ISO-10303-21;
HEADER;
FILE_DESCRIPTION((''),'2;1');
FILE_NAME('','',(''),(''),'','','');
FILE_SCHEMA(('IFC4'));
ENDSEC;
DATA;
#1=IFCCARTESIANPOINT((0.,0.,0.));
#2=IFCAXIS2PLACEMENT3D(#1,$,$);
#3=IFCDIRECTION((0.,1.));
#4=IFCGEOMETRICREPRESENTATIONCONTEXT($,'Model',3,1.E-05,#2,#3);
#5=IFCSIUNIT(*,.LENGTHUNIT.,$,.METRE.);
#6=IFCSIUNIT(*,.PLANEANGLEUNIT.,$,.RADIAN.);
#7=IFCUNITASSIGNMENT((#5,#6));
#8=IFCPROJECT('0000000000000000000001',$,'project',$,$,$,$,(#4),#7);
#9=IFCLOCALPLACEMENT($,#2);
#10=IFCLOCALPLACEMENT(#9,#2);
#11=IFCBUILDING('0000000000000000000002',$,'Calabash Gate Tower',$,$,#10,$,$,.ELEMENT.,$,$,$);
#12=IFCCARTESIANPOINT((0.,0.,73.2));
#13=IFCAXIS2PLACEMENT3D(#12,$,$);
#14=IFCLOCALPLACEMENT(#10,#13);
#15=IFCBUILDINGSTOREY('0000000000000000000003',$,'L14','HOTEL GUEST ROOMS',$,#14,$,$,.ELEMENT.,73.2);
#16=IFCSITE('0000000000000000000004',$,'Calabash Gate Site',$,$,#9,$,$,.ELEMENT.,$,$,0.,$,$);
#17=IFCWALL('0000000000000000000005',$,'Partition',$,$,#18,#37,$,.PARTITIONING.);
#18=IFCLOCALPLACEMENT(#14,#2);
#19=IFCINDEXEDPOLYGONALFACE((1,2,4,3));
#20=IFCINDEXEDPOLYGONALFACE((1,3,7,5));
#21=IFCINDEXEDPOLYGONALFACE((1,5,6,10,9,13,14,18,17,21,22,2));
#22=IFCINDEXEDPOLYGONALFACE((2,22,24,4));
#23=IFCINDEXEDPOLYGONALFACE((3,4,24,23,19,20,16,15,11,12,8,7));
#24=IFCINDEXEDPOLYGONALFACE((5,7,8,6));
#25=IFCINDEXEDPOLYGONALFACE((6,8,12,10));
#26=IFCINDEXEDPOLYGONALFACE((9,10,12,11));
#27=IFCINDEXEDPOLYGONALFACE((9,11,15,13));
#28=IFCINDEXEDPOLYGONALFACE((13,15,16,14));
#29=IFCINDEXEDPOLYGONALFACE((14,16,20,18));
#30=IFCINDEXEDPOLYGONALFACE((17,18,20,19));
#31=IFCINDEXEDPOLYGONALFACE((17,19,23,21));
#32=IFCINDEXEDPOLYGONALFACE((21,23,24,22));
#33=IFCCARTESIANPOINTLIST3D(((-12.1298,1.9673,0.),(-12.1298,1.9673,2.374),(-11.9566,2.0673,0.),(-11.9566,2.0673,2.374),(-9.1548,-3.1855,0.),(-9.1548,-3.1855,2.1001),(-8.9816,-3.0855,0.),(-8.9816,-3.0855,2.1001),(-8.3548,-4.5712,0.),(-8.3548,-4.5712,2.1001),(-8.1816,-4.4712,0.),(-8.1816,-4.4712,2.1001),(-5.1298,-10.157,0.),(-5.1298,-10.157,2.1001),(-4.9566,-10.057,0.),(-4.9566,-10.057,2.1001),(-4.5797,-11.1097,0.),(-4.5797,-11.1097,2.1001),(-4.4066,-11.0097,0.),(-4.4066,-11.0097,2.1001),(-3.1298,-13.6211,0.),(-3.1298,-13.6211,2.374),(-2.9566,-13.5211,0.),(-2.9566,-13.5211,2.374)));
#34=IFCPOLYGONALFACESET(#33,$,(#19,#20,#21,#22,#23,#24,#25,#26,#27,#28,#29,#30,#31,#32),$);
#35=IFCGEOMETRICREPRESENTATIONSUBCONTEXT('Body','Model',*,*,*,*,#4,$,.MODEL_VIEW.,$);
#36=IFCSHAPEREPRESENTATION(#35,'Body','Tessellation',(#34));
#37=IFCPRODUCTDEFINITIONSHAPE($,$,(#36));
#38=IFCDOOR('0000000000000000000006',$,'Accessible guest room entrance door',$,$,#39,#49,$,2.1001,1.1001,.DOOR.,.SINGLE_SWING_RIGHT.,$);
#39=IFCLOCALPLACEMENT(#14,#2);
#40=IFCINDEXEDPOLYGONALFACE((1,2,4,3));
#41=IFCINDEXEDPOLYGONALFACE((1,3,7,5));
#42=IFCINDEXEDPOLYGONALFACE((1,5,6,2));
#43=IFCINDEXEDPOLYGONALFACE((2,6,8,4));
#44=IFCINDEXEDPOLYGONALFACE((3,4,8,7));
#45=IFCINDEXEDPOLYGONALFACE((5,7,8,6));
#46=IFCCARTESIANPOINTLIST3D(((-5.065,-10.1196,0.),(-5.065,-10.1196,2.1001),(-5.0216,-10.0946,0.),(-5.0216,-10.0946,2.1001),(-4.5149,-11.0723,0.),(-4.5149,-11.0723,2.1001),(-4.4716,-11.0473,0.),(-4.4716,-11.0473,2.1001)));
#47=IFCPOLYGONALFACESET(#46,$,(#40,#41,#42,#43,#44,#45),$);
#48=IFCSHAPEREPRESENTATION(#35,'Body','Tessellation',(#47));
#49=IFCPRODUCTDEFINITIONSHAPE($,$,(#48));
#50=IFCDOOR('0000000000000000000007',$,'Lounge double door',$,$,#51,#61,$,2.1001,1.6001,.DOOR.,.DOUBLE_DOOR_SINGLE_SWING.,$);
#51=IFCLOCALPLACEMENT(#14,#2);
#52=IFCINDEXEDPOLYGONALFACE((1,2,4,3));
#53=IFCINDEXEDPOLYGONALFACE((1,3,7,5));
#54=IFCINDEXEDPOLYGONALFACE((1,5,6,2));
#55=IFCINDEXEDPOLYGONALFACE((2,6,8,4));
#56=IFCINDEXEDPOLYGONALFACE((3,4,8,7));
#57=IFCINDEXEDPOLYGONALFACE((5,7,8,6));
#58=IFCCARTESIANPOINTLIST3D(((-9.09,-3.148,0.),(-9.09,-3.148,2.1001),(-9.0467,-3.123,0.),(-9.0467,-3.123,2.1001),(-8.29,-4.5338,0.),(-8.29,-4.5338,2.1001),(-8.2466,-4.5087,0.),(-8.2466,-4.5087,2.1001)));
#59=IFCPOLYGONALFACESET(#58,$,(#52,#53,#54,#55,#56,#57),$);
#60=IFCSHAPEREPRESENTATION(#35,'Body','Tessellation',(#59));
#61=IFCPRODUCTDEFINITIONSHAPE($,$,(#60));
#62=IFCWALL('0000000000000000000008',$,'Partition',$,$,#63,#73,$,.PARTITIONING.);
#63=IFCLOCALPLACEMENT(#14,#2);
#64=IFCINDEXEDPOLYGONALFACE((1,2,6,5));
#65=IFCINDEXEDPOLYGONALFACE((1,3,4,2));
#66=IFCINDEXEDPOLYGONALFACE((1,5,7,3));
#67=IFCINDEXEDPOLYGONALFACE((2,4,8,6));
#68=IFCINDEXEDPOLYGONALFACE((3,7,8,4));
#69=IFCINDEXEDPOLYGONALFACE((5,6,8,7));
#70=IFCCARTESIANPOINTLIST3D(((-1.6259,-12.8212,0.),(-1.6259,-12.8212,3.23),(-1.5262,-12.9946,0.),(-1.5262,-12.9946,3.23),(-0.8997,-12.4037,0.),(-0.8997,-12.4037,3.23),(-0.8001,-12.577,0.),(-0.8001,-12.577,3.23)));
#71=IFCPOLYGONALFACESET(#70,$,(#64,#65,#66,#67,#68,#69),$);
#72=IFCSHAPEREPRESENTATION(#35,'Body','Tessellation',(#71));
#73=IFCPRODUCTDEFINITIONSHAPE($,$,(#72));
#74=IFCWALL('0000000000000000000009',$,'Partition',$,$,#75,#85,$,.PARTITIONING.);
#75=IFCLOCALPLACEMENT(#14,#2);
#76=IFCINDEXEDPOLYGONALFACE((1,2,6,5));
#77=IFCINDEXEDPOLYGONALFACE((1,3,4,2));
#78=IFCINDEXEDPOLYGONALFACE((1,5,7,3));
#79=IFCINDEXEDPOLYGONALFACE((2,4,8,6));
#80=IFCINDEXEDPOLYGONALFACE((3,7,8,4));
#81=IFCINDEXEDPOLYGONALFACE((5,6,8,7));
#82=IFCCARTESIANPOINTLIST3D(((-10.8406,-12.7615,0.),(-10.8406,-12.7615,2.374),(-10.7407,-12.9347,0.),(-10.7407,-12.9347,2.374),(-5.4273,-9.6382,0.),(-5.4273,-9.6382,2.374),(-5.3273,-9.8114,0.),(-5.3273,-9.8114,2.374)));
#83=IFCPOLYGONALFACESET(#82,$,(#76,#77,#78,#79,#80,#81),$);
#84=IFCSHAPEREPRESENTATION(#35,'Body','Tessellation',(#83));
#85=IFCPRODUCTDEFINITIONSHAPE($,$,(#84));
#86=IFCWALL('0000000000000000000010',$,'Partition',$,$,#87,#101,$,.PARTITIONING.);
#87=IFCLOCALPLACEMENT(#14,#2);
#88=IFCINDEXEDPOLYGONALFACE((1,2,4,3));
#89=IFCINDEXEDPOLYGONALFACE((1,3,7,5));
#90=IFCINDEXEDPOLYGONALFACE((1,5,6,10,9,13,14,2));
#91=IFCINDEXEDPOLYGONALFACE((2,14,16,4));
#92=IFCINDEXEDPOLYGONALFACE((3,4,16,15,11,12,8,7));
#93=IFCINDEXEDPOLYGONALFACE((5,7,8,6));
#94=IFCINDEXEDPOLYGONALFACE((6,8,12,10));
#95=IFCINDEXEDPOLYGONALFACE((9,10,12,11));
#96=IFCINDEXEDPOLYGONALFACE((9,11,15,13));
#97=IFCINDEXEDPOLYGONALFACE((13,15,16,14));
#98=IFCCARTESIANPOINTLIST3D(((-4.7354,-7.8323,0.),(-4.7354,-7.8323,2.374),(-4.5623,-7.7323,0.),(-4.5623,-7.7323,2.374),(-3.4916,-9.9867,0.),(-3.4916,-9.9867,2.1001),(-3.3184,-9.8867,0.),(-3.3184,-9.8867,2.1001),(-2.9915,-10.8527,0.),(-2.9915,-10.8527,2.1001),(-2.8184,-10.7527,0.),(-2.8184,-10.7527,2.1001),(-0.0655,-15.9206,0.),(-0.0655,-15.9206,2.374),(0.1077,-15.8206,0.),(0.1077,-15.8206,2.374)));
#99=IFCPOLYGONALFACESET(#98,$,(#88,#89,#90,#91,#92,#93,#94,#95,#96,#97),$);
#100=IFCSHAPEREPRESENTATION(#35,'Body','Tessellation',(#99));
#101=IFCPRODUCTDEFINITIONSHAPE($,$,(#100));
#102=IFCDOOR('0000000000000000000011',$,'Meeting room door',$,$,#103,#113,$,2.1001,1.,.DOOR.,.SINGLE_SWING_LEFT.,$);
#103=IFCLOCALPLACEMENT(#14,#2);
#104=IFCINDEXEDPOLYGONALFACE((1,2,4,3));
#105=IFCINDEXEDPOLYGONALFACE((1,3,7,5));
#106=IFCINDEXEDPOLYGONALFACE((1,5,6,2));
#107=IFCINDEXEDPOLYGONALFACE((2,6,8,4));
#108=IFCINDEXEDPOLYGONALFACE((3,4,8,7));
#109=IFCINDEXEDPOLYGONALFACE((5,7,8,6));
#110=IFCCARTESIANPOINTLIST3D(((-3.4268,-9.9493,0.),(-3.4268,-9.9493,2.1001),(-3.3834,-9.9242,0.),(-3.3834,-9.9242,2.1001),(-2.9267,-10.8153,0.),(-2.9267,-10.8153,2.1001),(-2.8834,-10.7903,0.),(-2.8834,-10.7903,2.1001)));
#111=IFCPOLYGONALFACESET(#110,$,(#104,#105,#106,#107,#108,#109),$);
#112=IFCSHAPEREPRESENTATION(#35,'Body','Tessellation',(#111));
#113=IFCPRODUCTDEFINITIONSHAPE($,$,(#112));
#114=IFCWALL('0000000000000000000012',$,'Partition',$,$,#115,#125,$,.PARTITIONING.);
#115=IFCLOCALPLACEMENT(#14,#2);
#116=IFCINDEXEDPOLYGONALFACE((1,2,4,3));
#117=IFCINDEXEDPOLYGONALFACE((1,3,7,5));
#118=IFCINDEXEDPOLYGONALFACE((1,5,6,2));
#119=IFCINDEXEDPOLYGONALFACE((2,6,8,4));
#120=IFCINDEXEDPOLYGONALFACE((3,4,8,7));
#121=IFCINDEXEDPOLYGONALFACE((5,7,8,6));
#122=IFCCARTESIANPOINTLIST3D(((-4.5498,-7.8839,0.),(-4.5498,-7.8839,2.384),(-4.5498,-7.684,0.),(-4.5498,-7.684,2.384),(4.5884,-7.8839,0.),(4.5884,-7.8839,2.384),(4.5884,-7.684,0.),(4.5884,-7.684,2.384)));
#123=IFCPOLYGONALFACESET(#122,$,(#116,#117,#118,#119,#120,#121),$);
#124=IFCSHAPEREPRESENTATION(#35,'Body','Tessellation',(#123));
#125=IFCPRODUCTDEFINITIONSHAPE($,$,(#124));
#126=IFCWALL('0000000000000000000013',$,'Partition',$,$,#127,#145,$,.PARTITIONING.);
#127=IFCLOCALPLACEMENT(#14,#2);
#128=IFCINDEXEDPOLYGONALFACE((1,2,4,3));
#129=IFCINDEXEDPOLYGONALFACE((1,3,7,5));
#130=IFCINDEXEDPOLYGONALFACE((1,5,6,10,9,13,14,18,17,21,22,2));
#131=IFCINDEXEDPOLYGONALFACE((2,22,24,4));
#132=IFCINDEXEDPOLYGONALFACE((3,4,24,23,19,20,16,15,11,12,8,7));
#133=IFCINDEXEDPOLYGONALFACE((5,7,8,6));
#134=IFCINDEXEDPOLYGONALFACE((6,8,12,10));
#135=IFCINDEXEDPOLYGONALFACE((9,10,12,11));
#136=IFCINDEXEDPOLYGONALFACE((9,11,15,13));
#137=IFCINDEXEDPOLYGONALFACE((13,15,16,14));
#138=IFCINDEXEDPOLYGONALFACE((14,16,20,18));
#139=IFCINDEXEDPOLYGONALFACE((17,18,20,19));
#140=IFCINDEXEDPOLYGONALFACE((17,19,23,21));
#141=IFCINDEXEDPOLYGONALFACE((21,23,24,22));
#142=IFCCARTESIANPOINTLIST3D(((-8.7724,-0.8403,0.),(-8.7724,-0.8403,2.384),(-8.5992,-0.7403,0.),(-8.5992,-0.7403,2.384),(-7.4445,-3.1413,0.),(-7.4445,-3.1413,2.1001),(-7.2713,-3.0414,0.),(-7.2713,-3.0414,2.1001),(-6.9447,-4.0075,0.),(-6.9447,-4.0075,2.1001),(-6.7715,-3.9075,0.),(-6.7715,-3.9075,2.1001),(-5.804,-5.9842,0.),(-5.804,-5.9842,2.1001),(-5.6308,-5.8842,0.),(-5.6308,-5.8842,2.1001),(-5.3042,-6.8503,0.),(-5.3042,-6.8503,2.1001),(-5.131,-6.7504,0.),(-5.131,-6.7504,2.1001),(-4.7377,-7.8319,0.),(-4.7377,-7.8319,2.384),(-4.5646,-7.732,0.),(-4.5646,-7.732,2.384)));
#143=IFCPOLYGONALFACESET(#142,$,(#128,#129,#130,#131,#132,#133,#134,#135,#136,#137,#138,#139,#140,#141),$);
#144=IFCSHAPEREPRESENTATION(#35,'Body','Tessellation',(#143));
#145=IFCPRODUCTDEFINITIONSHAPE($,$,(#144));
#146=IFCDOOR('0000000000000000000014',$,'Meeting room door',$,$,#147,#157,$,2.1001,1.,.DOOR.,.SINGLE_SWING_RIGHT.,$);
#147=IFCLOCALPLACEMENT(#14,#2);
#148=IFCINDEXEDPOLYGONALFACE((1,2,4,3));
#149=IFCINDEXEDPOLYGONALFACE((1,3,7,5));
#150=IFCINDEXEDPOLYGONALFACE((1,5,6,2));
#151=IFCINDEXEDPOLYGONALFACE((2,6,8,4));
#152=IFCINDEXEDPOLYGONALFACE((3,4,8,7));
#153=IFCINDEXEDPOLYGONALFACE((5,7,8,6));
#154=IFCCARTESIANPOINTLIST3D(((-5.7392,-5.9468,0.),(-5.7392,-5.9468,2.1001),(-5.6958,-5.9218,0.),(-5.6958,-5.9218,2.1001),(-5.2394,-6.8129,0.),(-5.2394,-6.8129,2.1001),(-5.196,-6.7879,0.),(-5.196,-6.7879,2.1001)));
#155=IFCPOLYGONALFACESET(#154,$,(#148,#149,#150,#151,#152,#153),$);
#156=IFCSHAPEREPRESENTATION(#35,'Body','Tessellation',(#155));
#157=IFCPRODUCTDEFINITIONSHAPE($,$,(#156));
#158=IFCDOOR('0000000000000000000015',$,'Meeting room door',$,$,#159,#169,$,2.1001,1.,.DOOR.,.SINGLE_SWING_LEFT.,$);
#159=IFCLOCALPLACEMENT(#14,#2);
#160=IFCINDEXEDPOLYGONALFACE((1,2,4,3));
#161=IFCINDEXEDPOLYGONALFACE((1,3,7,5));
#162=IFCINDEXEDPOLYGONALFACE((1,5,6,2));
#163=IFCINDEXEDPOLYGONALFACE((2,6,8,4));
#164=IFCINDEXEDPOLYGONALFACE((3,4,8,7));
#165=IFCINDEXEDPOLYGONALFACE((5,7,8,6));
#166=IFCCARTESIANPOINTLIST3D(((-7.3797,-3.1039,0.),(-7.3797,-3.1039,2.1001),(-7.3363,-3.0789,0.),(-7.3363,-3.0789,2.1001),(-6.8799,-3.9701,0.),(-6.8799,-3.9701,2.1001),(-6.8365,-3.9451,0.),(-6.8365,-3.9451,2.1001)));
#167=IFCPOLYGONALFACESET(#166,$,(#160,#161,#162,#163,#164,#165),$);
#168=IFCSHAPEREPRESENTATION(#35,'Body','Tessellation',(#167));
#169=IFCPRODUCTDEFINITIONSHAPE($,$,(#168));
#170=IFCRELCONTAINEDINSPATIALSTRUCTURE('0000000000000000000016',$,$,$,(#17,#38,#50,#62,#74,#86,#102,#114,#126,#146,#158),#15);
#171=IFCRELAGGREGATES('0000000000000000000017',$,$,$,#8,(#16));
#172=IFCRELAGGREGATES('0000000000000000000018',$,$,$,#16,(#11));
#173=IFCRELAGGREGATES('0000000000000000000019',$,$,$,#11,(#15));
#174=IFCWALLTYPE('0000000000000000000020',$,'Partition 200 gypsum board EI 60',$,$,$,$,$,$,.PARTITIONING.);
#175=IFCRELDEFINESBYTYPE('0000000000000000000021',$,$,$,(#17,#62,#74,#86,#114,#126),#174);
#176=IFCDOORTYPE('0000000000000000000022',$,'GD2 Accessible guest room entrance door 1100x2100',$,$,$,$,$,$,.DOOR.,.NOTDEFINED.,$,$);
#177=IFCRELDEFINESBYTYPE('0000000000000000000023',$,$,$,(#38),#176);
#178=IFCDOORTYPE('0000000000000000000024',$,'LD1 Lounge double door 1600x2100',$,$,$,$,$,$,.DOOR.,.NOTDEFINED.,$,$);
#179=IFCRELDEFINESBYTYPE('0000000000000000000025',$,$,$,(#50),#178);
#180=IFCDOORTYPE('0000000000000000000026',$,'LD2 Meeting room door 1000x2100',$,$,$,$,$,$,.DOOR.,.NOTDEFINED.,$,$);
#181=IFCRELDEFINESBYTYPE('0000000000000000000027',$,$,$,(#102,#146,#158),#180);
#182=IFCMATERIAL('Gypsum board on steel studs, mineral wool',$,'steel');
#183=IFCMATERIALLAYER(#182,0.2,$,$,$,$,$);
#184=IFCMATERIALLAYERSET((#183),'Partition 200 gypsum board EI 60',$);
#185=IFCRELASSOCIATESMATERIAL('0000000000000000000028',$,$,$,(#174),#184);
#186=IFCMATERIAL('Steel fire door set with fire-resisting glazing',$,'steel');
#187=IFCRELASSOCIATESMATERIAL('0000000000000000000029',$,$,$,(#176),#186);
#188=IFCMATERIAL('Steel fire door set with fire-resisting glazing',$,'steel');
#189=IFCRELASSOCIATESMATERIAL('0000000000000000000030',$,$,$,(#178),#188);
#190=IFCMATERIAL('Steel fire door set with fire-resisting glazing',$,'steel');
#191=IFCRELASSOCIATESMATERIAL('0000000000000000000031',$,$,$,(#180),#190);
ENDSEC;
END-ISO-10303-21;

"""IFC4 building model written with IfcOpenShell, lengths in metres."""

from ifc_helpers import new_model, si_unit, direction, frame, frame_2d, origin, place, context, subcontext, project, spatial, rectangle, extrude, material, layer, layer_set, type_object, element, fill, save


model = new_model("IFC4")

# Units and contexts
model_context = context("Model", 3, precision=1e-05, world=origin(), true_north=direction((0.0, 1.0)))
body_context = subcontext(model_context, "Body", "Model", "MODEL_VIEW")
ifc_project = project(units=[si_unit("LENGTHUNIT", "METRE"), si_unit("PLANEANGLEUNIT", "RADIAN")], contexts=[model_context])

# Site, building, storey
site_placement = place(None, origin())
site = spatial("IfcSite", under=ifc_project, at=site_placement, Name="Calabash Gate Site", CompositionType="ELEMENT", RefElevation=0.0)
building_placement = place(site_placement, origin())
building = spatial("IfcBuilding", under=site, at=building_placement, Name="Calabash Gate Tower", CompositionType="ELEMENT")
storey_placement = place(building_placement, frame((0.0, 0.0, 73.2)))
storey = spatial("IfcBuildingStorey", under=building, at=storey_placement, Name="L14", Description="HOTEL GUEST ROOMS", CompositionType="ELEMENT", Elevation=73.2)

# Wall, openings, doors
ifc_material_1 = material(Name="Gypsum board on steel studs, mineral wool", Category="steel")
ifc_layer_1 = layer(ifc_material_1, 0.2)
ifc_layer_set_1 = layer_set([ifc_layer_1], Name="Partition 200 gypsum board EI 60")
wall_type_1 = type_object("IfcWallType", Name="Partition 200 gypsum board EI 60", PredefinedType="PARTITIONING", material=ifc_layer_set_1)
wall_1_placement = place(storey_placement, frame((-12.0432, 2.0173, 0.0), z_axis=(0.0, 0.0, 1.0), x_axis=(0.500002, -0.866024, 0.0)))
wall_1 = element("IfcWall", 1, at=wall_1_placement, inside=storey, type_object=wall_type_1, Name="Partition", PredefinedType="PARTITIONING", context=body_context, shape_type="SweptSolid", body=[
    extrude(rectangle(XDim=18.0, YDim=0.2, at=frame_2d((9.0, 0.0))), origin(), (0.0, 0.0, 1.0), 2.374),
])
opening_1_placement = place(wall_1_placement, frame((5.95, 0.0, 0.0)))
opening_1 = element("IfcOpeningElement", 2, at=opening_1_placement, cuts=wall_1, PredefinedType="OPENING", context=body_context, shape_type="SweptSolid", body=[
    extrude(rectangle(XDim=1.6001, YDim=2.1001, at=frame_2d((0.8, 1.05))), frame((0.0, 0.1099, 0.0), z_axis=(0.0, -1.0, 0.0), x_axis=(1.0, 0.0, 0.0)), (0.0, 0.0, 1.0), 0.22),
])
opening_2_placement = place(wall_1_placement, frame((14.0, 0.0, 0.0)))
opening_2 = element("IfcOpeningElement", 3, at=opening_2_placement, cuts=wall_1, PredefinedType="OPENING", context=body_context, shape_type="SweptSolid", body=[
    extrude(rectangle(XDim=1.1001, YDim=2.1001, at=frame_2d((0.55, 1.05))), frame((0.0, 0.1099, 0.0), z_axis=(0.0, -1.0, 0.0), x_axis=(1.0, 0.0, 0.0)), (0.0, 0.0, 1.0), 0.22),
])
ifc_material_2 = material(Name="Steel fire door set with fire-resisting glazing", Category="steel")
door_type_1 = type_object("IfcDoorType", Name="GD2 Accessible guest room entrance door 1100x2100", OperationType="NOTDEFINED", PredefinedType="DOOR", material=ifc_material_2)
door_1_placement = place(opening_2_placement, origin())
door_1 = element("IfcDoor", 4, at=door_1_placement, inside=storey, type_object=door_type_1, Name="Accessible guest room entrance door", OperationType="SINGLE_SWING_RIGHT", OverallHeight=2.1001, OverallWidth=1.1001, PredefinedType="DOOR", context=body_context, shape_type="SweptSolid", body=[
    extrude(rectangle(XDim=1.1001, YDim=2.1001, at=frame_2d((0.55, 1.05))), frame((0.0, 0.0249, 0.0), z_axis=(0.0, -1.0, 0.0), x_axis=(1.0, 0.0, 0.0)), (0.0, 0.0, 1.0), 0.05),
])
fill(opening_2, door_1)
ifc_material_3 = material(Name="Steel fire door set with fire-resisting glazing", Category="steel")
door_type_2 = type_object("IfcDoorType", Name="LD1 Lounge double door 1600x2100", OperationType="NOTDEFINED", PredefinedType="DOOR", material=ifc_material_3)
door_2_placement = place(opening_1_placement, origin())
door_2 = element("IfcDoor", 5, at=door_2_placement, inside=storey, type_object=door_type_2, Name="Lounge double door", OperationType="DOUBLE_DOOR_SINGLE_SWING", OverallHeight=2.1001, OverallWidth=1.6001, PredefinedType="DOOR", context=body_context, shape_type="SweptSolid", body=[
    extrude(rectangle(XDim=1.6001, YDim=2.1001, at=frame_2d((0.8, 1.05))), frame((0.0, 0.0249, 0.0), z_axis=(0.0, -1.0, 0.0), x_axis=(1.0, 0.0, 0.0)), (0.0, 0.0, 1.0), 0.05),
])
fill(opening_1, door_2)

# Walls
wall_2_placement = place(storey_placement, frame((-1.5762, -12.908, 0.0), z_axis=(0.0, 0.0, 1.0), x_axis=(0.866913, 0.49846, 0.0)))
element("IfcWall", 6, at=wall_2_placement, inside=storey, type_object=wall_type_1, Name="Partition", PredefinedType="PARTITIONING", context=body_context, shape_type="SweptSolid", body=[
    extrude(rectangle(XDim=0.8376, YDim=0.2, at=frame_2d((0.4189, 0.0))), origin(), (0.0, 0.0, 1.0), 3.23),
])
wall_3_placement = place(storey_placement, frame((-10.7908, -12.8481, 0.0), z_axis=(0.0, 0.0, 1.0), x_axis=(0.866171, 0.499748, 0.0)))
element("IfcWall", 7, at=wall_3_placement, inside=storey, type_object=wall_type_1, Name="Partition", PredefinedType="PARTITIONING", context=body_context, shape_type="SweptSolid", body=[
    extrude(rectangle(XDim=6.2498, YDim=0.2, at=frame_2d((3.125, 0.0))), origin(), (0.0, 0.0, 1.0), 2.374),
])

# Wall, opening, door
wall_4_placement = place(storey_placement, frame((-4.6489, -7.7822, 0.0), z_axis=(0.0, 0.0, 1.0), x_axis=(0.500019, -0.866015, 0.0)))
wall_4 = element("IfcWall", 8, at=wall_4_placement, inside=storey, type_object=wall_type_1, Name="Partition", PredefinedType="PARTITIONING", context=body_context, shape_type="SweptSolid", body=[
    extrude(rectangle(XDim=9.3396, YDim=0.2, at=frame_2d((4.6699, 0.0))), origin(), (0.0, 0.0, 1.0), 2.374),
])
opening_3_placement = place(wall_4_placement, frame((2.4878, 0.0, 0.0)))
opening_3 = element("IfcOpeningElement", 9, at=opening_3_placement, cuts=wall_4, PredefinedType="OPENING", context=body_context, shape_type="SweptSolid", body=[
    extrude(rectangle(XDim=1.0, YDim=2.1001, at=frame_2d((0.5, 1.05))), frame((0.0, 0.1099, 0.0), z_axis=(0.0, -1.0, 0.0), x_axis=(1.0, 0.0, 0.0)), (0.0, 0.0, 1.0), 0.22),
])
ifc_material_4 = material(Name="Steel fire door set with fire-resisting glazing", Category="steel")
door_type_3 = type_object("IfcDoorType", Name="LD2 Meeting room door 1000x2100", OperationType="NOTDEFINED", PredefinedType="DOOR", material=ifc_material_4)
door_3_placement = place(opening_3_placement, origin())
door_3 = element("IfcDoor", 10, at=door_3_placement, inside=storey, type_object=door_type_3, Name="Meeting room door", OperationType="SINGLE_SWING_LEFT", OverallHeight=2.1001, OverallWidth=1.0, PredefinedType="DOOR", context=body_context, shape_type="SweptSolid", body=[
    extrude(rectangle(XDim=1.0, YDim=2.1001, at=frame_2d((0.5, 1.05))), frame((0.0, 0.0249, 0.0), z_axis=(0.0, -1.0, 0.0), x_axis=(1.0, 0.0, 0.0)), (0.0, 0.0, 1.0), 0.05),
])
fill(opening_3, door_3)

# Wall
wall_5_placement = place(storey_placement, frame((-4.5498, -7.7839, 0.0), z_axis=(0.0, 0.0, 1.0), x_axis=(1.0, 0.0, 0.0)))
element("IfcWall", 11, at=wall_5_placement, inside=storey, type_object=wall_type_1, Name="Partition", PredefinedType="PARTITIONING", context=body_context, shape_type="SweptSolid", body=[
    extrude(rectangle(XDim=9.1382, YDim=0.2, at=frame_2d((4.5691, 0.0))), origin(), (0.0, 0.0, 1.0), 2.384),
])

# Wall, openings, doors
wall_6_placement = place(storey_placement, frame((-8.6858, -0.7903, 0.0), z_axis=(0.0, 0.0, 1.0), x_axis=(0.499815, -0.866132, 0.0)))
wall_6 = element("IfcWall", 12, at=wall_6_placement, inside=storey, type_object=wall_type_1, Name="Partition", PredefinedType="PARTITIONING", context=body_context, shape_type="SweptSolid", body=[
    extrude(rectangle(XDim=8.0723, YDim=0.2, at=frame_2d((4.0361, 0.0))), origin(), (0.0, 0.0, 1.0), 2.384),
])
opening_4_placement = place(wall_6_placement, frame((5.939, 0.0, 0.0)))
opening_4 = element("IfcOpeningElement", 13, at=opening_4_placement, cuts=wall_6, PredefinedType="OPENING", context=body_context, shape_type="SweptSolid", body=[
    extrude(rectangle(XDim=1.0, YDim=2.1001, at=frame_2d((0.5, 1.05))), frame((0.0, 0.1099, 0.0), z_axis=(0.0, -1.0, 0.0), x_axis=(1.0, 0.0, 0.0)), (0.0, 0.0, 1.0), 0.22),
])
opening_5_placement = place(wall_6_placement, frame((2.6567, 0.0, 0.0)))
opening_5 = element("IfcOpeningElement", 14, at=opening_5_placement, cuts=wall_6, PredefinedType="OPENING", context=body_context, shape_type="SweptSolid", body=[
    extrude(rectangle(XDim=1.0, YDim=2.1001, at=frame_2d((0.5, 1.05))), frame((0.0, 0.1099, 0.0), z_axis=(0.0, -1.0, 0.0), x_axis=(1.0, 0.0, 0.0)), (0.0, 0.0, 1.0), 0.22),
])
door_4_placement = place(opening_4_placement, origin())
door_4 = element("IfcDoor", 15, at=door_4_placement, inside=storey, type_object=door_type_3, Name="Meeting room door", OperationType="SINGLE_SWING_RIGHT", OverallHeight=2.1001, OverallWidth=1.0, PredefinedType="DOOR", context=body_context, shape_type="SweptSolid", body=[
    extrude(rectangle(XDim=1.0, YDim=2.1001, at=frame_2d((0.5, 1.05))), frame((0.0, 0.0249, 0.0), z_axis=(0.0, -1.0, 0.0), x_axis=(1.0, 0.0, 0.0)), (0.0, 0.0, 1.0), 0.05),
])
fill(opening_4, door_4)
door_5_placement = place(opening_5_placement, origin())
door_5 = element("IfcDoor", 16, at=door_5_placement, inside=storey, type_object=door_type_3, Name="Meeting room door", OperationType="SINGLE_SWING_LEFT", OverallHeight=2.1001, OverallWidth=1.0, PredefinedType="DOOR", context=body_context, shape_type="SweptSolid", body=[
    extrude(rectangle(XDim=1.0, YDim=2.1001, at=frame_2d((0.5, 1.05))), frame((0.0, 0.0249, 0.0), z_axis=(0.0, -1.0, 0.0), x_axis=(1.0, 0.0, 0.0)), (0.0, 0.0, 1.0), 0.05),
])
fill(opening_5, door_5)

save(model, "model.ifc")
